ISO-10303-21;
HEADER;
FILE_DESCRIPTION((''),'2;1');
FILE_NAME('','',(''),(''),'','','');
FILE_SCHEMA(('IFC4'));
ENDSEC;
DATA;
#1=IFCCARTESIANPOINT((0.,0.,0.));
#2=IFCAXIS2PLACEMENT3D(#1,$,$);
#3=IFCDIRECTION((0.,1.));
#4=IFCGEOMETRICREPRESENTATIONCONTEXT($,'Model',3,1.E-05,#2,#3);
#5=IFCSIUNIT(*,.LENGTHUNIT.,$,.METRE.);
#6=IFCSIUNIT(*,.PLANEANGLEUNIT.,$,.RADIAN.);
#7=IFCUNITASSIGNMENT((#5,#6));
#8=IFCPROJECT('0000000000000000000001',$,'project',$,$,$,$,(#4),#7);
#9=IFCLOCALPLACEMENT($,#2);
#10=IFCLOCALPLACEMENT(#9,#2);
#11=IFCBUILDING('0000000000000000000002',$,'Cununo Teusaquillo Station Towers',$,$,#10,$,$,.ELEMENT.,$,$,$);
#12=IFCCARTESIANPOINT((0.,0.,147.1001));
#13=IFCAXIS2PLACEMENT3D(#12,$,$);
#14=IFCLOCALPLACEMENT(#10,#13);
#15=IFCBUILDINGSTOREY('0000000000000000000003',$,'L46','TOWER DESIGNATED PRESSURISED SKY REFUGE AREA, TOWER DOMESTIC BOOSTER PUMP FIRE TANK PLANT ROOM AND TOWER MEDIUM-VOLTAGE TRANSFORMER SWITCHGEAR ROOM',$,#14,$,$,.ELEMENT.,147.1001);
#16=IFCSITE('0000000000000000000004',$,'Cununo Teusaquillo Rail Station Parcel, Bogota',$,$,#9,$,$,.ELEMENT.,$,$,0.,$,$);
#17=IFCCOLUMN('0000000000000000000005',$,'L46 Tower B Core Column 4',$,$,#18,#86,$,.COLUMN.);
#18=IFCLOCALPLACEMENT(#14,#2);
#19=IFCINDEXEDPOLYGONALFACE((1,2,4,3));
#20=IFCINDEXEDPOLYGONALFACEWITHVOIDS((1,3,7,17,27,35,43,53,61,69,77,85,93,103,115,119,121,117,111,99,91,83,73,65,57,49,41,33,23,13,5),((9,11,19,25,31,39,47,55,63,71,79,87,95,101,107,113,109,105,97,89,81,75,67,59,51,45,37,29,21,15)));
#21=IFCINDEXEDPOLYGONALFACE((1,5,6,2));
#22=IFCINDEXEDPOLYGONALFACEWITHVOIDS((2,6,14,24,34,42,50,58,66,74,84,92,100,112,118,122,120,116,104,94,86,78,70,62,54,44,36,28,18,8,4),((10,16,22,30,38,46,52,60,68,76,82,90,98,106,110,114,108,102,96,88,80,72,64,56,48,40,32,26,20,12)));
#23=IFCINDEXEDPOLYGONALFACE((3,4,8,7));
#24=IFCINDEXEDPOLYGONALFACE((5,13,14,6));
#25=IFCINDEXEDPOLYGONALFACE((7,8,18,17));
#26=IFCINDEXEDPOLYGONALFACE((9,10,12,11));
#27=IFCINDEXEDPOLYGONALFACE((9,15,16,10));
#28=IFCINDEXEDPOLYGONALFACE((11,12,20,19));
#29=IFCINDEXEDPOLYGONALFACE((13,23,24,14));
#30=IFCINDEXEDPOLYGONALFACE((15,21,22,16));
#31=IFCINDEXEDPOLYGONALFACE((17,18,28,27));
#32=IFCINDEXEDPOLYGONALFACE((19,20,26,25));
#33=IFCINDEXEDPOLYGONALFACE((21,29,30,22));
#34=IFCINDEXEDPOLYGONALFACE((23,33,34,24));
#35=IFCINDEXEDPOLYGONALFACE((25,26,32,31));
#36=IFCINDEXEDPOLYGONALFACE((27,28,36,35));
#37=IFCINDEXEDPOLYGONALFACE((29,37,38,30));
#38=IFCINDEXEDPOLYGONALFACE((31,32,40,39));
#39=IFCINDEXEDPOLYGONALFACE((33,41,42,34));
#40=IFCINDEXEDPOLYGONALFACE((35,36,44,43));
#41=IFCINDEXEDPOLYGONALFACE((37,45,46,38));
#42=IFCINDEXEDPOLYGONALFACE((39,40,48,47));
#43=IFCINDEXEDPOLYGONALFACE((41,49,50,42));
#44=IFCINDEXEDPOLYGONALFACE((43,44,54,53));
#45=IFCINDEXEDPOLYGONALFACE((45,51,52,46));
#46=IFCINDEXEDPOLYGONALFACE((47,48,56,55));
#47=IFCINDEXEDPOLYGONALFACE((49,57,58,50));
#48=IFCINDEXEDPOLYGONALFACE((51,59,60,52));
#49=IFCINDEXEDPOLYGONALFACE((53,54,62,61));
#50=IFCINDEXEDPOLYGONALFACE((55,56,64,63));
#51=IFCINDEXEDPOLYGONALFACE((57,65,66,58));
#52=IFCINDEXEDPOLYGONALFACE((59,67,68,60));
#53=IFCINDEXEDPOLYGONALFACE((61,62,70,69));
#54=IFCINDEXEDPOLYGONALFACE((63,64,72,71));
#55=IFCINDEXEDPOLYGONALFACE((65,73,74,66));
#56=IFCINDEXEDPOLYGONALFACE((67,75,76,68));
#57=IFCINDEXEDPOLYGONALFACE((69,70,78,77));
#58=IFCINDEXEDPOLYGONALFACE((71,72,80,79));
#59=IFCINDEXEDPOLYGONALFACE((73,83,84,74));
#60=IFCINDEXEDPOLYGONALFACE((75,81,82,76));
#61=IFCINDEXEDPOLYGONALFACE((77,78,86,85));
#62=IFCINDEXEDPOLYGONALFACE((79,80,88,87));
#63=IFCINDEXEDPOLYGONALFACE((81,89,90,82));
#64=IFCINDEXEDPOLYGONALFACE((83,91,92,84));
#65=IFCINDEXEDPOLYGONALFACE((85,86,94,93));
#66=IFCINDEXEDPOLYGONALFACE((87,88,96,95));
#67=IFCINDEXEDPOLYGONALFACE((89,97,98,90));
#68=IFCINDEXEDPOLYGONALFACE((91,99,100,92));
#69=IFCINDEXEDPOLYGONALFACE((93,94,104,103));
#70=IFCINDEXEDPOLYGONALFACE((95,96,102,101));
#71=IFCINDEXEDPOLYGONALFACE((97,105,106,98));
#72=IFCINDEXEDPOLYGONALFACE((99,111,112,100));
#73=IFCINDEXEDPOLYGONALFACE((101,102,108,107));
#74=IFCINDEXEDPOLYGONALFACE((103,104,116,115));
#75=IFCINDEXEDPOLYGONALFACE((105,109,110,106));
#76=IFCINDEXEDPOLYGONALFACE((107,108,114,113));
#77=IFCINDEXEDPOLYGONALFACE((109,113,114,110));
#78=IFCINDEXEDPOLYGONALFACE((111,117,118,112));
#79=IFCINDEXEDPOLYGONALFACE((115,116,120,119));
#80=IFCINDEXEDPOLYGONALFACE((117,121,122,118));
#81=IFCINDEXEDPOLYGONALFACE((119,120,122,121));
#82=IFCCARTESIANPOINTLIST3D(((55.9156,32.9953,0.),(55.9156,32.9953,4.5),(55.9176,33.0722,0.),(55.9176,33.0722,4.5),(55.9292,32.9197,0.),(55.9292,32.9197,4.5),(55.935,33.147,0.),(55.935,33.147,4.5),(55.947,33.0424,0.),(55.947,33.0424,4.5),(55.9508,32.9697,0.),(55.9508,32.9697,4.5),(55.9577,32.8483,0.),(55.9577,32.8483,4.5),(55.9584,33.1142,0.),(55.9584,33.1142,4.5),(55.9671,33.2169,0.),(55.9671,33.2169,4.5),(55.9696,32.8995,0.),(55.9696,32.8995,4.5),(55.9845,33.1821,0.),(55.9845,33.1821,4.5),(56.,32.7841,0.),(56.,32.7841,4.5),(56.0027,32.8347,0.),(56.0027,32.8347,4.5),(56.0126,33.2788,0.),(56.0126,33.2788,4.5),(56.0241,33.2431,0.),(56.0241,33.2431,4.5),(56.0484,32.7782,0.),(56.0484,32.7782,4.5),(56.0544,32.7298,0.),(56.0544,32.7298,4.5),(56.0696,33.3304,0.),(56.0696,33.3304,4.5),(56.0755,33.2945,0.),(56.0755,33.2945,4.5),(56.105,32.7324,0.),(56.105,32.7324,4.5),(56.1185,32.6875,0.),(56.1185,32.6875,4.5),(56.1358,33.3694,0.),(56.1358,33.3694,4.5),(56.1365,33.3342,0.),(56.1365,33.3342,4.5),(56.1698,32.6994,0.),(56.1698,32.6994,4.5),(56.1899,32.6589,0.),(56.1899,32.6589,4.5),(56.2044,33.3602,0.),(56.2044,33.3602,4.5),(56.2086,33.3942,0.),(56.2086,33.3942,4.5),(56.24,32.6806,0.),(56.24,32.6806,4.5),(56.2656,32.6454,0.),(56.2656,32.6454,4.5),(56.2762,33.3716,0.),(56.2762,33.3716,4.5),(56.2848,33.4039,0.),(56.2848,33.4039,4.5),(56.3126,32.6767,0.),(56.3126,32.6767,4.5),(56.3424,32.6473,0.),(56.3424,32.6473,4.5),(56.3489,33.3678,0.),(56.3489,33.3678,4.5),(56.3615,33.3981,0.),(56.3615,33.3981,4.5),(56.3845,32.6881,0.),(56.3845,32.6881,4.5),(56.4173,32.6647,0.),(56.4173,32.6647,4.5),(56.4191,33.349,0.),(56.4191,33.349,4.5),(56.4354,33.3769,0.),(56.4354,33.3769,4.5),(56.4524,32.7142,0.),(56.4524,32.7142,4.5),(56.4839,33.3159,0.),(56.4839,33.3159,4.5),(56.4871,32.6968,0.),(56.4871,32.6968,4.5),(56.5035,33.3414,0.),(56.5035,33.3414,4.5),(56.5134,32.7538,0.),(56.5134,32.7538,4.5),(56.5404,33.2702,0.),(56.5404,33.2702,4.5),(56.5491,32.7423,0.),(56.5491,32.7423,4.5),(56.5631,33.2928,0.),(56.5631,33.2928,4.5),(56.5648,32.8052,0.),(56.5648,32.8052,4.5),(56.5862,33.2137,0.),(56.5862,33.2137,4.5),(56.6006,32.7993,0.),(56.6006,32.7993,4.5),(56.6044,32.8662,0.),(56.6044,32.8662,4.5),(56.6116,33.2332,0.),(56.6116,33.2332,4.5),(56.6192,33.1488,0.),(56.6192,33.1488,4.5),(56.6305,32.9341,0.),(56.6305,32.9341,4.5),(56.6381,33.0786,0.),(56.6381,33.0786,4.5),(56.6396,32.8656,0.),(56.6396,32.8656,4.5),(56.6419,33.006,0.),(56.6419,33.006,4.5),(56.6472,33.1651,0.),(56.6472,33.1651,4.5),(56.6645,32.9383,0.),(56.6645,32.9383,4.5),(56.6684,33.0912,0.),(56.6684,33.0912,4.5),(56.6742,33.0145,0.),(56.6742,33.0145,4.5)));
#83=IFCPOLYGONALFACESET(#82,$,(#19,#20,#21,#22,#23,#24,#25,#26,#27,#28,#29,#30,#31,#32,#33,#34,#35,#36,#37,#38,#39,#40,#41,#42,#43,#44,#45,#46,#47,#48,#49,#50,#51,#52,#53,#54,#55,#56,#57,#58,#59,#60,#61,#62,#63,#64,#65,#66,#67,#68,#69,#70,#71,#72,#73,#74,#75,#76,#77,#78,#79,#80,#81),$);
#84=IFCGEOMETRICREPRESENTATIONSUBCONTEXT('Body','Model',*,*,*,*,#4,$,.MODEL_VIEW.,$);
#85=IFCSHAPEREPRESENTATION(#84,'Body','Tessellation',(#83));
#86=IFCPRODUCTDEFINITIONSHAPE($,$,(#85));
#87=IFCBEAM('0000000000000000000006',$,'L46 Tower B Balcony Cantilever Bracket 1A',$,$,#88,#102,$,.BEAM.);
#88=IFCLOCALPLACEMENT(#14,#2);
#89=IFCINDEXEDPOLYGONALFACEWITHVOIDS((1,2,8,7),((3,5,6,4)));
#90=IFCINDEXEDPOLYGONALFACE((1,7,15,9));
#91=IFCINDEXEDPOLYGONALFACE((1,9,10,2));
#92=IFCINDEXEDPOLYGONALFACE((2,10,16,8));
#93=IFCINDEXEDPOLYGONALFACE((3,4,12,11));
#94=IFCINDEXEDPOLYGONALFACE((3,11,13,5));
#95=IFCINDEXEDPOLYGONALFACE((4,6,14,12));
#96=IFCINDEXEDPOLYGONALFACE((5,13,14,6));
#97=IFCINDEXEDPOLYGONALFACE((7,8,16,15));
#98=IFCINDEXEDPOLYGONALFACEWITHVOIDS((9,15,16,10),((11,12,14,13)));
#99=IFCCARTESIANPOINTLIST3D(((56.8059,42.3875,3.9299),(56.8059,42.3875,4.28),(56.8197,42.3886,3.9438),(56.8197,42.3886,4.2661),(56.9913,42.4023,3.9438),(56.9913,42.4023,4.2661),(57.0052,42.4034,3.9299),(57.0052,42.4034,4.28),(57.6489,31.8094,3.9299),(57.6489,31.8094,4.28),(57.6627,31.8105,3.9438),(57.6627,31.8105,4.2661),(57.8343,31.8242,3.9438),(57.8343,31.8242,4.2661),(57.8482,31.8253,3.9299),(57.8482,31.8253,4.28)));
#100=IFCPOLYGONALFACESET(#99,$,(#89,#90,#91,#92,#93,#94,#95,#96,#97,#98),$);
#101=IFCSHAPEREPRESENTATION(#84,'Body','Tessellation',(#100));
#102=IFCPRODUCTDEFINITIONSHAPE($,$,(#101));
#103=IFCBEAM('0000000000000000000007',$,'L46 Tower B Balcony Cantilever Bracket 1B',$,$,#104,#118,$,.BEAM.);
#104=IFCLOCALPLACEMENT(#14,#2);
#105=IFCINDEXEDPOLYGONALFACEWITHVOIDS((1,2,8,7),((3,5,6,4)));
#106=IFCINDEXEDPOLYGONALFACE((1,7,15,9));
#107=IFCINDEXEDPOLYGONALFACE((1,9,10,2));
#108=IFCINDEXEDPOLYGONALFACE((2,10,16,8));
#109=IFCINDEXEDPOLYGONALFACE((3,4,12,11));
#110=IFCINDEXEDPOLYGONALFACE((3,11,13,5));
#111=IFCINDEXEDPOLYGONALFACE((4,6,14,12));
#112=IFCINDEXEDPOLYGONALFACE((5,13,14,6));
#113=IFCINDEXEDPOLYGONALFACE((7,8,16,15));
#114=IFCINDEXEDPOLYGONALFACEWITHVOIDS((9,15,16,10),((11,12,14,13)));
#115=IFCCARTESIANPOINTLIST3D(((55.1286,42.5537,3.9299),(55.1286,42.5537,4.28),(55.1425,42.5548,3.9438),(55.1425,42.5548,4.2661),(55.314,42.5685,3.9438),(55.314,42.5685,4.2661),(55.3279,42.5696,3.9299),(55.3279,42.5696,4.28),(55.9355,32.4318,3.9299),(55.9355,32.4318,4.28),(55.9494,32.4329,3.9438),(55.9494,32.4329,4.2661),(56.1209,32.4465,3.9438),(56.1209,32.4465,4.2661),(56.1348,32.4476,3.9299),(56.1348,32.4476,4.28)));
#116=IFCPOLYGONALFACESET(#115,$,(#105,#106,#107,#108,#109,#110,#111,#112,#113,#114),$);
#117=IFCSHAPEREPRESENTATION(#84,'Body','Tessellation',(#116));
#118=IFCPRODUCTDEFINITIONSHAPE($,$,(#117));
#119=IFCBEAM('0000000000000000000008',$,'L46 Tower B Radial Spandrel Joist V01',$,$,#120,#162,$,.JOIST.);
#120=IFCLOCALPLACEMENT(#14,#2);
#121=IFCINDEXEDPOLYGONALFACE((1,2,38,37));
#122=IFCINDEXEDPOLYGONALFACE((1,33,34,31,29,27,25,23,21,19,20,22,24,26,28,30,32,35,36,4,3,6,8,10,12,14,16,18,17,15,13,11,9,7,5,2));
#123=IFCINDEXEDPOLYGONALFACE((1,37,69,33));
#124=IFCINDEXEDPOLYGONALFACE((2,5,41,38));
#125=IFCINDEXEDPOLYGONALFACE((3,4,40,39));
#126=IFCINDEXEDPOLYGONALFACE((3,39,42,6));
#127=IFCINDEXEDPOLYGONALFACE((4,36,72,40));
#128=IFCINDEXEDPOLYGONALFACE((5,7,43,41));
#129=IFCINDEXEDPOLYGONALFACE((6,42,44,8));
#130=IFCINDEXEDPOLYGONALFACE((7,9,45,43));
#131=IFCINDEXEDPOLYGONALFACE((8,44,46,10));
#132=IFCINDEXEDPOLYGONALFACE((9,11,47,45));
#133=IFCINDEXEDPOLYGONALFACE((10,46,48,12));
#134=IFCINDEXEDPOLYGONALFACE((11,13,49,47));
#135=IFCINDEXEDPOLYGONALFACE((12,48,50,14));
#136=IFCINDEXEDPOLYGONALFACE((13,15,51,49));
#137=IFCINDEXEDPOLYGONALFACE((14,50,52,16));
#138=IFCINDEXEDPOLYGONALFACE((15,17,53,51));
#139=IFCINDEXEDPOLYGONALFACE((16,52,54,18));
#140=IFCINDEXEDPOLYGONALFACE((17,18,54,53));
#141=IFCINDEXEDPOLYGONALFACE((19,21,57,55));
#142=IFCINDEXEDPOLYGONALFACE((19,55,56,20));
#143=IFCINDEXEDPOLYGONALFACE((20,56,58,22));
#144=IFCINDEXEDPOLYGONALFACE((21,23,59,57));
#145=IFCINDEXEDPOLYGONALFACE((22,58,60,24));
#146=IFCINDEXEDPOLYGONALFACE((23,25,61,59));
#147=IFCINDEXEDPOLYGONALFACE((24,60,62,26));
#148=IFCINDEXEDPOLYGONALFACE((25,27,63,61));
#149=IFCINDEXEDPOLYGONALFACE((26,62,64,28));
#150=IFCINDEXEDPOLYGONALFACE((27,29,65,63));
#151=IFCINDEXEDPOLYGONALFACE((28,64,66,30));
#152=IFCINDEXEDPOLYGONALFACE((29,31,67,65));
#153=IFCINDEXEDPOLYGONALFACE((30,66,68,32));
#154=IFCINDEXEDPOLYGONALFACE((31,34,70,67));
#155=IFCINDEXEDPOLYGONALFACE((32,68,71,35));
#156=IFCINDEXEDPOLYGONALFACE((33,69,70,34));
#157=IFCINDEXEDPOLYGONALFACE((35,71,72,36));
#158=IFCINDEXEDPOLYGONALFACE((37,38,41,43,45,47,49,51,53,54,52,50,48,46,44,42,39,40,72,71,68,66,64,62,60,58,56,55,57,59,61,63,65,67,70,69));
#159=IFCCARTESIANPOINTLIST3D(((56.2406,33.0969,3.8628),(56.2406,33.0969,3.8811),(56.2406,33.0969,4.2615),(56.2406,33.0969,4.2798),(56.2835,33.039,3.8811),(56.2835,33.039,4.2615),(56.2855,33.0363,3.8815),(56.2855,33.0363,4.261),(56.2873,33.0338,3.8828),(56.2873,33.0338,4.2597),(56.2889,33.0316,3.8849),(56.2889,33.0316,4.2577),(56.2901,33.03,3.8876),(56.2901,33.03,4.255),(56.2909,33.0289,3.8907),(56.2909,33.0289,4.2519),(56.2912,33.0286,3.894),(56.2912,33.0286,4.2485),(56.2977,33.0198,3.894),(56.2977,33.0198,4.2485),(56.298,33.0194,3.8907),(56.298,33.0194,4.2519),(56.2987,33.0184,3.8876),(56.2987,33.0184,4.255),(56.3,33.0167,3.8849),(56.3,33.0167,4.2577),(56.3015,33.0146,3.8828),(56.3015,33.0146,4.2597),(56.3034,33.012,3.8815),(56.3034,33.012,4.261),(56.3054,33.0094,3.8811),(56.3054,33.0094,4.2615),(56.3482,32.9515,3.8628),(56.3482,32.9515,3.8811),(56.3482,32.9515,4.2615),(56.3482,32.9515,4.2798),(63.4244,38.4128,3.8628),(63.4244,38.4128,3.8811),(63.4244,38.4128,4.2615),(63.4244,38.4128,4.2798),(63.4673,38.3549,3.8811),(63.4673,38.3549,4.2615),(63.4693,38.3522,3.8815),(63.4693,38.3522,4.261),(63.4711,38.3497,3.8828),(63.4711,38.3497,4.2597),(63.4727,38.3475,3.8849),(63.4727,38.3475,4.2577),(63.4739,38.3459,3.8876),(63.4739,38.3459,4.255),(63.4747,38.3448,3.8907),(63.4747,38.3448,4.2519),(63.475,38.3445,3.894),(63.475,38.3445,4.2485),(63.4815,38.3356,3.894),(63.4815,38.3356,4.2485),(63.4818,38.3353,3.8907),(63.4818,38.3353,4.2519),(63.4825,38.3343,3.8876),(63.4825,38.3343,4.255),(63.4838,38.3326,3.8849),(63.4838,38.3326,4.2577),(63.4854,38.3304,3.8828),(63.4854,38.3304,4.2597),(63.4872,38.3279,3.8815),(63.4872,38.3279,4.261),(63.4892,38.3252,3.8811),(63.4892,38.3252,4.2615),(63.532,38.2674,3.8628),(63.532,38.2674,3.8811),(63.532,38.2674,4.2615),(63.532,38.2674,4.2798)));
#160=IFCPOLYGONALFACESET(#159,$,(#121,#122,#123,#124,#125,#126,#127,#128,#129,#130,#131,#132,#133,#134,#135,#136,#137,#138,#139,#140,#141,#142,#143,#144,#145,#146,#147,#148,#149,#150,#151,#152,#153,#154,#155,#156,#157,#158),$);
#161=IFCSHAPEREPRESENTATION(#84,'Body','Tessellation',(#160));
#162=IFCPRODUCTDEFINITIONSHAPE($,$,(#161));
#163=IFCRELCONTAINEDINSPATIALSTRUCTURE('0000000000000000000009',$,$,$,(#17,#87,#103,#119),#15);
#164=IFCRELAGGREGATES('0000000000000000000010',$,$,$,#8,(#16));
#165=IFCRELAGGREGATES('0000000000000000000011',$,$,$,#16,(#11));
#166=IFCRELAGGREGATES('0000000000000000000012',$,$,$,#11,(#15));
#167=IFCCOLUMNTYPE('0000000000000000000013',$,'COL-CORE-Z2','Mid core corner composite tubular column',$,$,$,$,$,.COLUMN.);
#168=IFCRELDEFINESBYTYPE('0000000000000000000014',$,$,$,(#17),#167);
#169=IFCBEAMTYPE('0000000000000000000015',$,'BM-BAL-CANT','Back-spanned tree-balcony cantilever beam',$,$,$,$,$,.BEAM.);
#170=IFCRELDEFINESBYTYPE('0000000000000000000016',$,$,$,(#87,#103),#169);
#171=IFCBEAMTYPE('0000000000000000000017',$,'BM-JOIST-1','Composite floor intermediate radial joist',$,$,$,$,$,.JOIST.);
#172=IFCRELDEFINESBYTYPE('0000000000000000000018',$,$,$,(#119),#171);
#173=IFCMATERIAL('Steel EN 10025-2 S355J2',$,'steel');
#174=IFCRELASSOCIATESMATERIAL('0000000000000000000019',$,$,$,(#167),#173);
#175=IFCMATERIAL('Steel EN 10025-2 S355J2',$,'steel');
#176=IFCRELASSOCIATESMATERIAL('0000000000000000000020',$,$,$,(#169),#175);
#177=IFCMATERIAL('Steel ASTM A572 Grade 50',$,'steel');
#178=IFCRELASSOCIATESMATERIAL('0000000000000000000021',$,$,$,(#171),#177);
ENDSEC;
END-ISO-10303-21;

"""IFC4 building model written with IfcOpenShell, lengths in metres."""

from ifc_helpers import new_model, si_unit, direction, frame, origin, origin_2d, place, context, subcontext, project, spatial, hollow_rectangle, hollow_circle, i_section, extrude, material, material_profile, profile_set, type_object, element, save


model = new_model("IFC4")

# Units and contexts
model_context = context("Model", 3, precision=1e-05, world=origin(), true_north=direction((0.0, 1.0)))
body_context = subcontext(model_context, "Body", "Model", "MODEL_VIEW")
ifc_project = project(units=[si_unit("LENGTHUNIT", "METRE"), si_unit("PLANEANGLEUNIT", "RADIAN")], contexts=[model_context])

# Site, building, storey
site_placement = place(None, origin())
site = spatial("IfcSite", under=ifc_project, at=site_placement, Name="Cununo Teusaquillo Rail Station Parcel, Bogota", CompositionType="ELEMENT", RefElevation=0.0)
building_placement = place(site_placement, origin())
building = spatial("IfcBuilding", under=site, at=building_placement, Name="Cununo Teusaquillo Station Towers", CompositionType="ELEMENT")
storey_placement = place(building_placement, frame((0.0, 0.0, 147.1001)))
storey = spatial("IfcBuildingStorey", under=building, at=storey_placement, Name="L46", Description="TOWER DESIGNATED PRESSURISED SKY REFUGE AREA, TOWER DOMESTIC BOOSTER PUMP FIRE TANK PLANT ROOM AND TOWER MEDIUM-VOLTAGE TRANSFORMER SWITCHGEAR ROOM", CompositionType="ELEMENT", Elevation=147.1001)

# Column
ifc_material_1 = material(Name="Steel EN 10025-2 S355J2", Category="steel")
ifc_material_profile_1 = material_profile(ifc_material_1, hollow_circle(Radius=0.3799, WallThickness=0.032, at=origin_2d()), Name="CHS 760x32")
ifc_profile_set_1 = profile_set([ifc_material_profile_1], Name="Steel EN 10025-2 S355J2")
column_type = type_object("IfcColumnType", Name="COL-CORE-Z2", Description="Mid core corner composite tubular column", PredefinedType="COLUMN", material=ifc_profile_set_1)
column_placement = place(storey_placement, frame((56.2944, 33.0242, 0.0), z_axis=(0.0, 0.0, 1.0), x_axis=(0.707107, 0.707107, 0.0)))
element("IfcColumn", 1, at=column_placement, inside=storey, type_object=column_type, Name="L46 Tower B Core Column 4", PredefinedType="COLUMN", context=body_context, shape_type="SweptSolid", body=[
    extrude(hollow_circle(Radius=0.3799, WallThickness=0.032, at=origin_2d()), origin(), (0.0, 0.0, 1.0), 4.5),
])

# Beams
ifc_material_2 = material(Name="Steel EN 10025-2 S355J2", Category="steel")
ifc_material_profile_2 = material_profile(ifc_material_2, hollow_rectangle(XDim=0.2, YDim=0.3501, WallThickness=0.0139, at=origin_2d()), Name="RHS 350x200x14")
ifc_profile_set_2 = profile_set([ifc_material_profile_2], Name="Steel EN 10025-2 S355J2")
beam_type_1 = type_object("IfcBeamType", Name="BM-BAL-CANT", Description="Back-spanned tree-balcony cantilever beam", PredefinedType="BEAM", material=ifc_profile_set_2)
beam_1_placement = place(storey_placement, frame((57.7485, 31.8174, 4.105), z_axis=(-0.079443, 0.996839, 0.0), x_axis=(-0.996839, -0.079443, 0.0)))
element("IfcBeam", 2, at=beam_1_placement, inside=storey, type_object=beam_type_1, Name="L46 Tower B Balcony Cantilever Bracket 1A", PredefinedType="BEAM", context=body_context, shape_type="SweptSolid", body=[
    extrude(hollow_rectangle(XDim=0.2, YDim=0.3501, WallThickness=0.0139, at=origin_2d()), origin(), (0.0, 0.0, 1.0), 10.6116),
])
beam_2_placement = place(storey_placement, frame((56.0352, 32.4397, 4.105), z_axis=(-0.079465, 0.996838, 0.0), x_axis=(-0.996838, -0.079465, 0.0)))
element("IfcBeam", 3, at=beam_2_placement, inside=storey, type_object=beam_type_1, Name="L46 Tower B Balcony Cantilever Bracket 1B", PredefinedType="BEAM", context=body_context, shape_type="SweptSolid", body=[
    extrude(hollow_rectangle(XDim=0.2, YDim=0.3501, WallThickness=0.0139, at=origin_2d()), origin(), (0.0, 0.0, 1.0), 10.1541),
])
ifc_material_3 = material(Name="Steel ASTM A572 Grade 50", Category="steel")
ifc_material_profile_3 = material_profile(ifc_material_3, i_section(OverallWidth=0.1809, OverallDepth=0.417, WebThickness=0.011, FlangeThickness=0.0183, FilletRadius=0.0129, at=origin_2d()), Name="W16X57")
ifc_profile_set_3 = profile_set([ifc_material_profile_3], Name="Steel ASTM A572 Grade 50")
beam_type_2 = type_object("IfcBeamType", Name="BM-JOIST-1", Description="Composite floor intermediate radial joist", PredefinedType="JOIST", material=ifc_profile_set_3)
beam_3_placement = place(storey_placement, frame((56.2944, 33.0242, 4.0713), z_axis=(0.803848, 0.594834, 0.0), x_axis=(-0.594834, 0.803848, 0.0)))
element("IfcBeam", 4, at=beam_3_placement, inside=storey, type_object=beam_type_2, Name="L46 Tower B Radial Spandrel Joist V01", PredefinedType="JOIST", context=body_context, shape_type="SweptSolid", body=[
    extrude(i_section(OverallWidth=0.1809, OverallDepth=0.417, WebThickness=0.011, FlangeThickness=0.0183, FilletRadius=0.0129, at=origin_2d()), origin(), (0.0, 0.0, 1.0), 8.9368),
])

save(model, "model.ifc")
